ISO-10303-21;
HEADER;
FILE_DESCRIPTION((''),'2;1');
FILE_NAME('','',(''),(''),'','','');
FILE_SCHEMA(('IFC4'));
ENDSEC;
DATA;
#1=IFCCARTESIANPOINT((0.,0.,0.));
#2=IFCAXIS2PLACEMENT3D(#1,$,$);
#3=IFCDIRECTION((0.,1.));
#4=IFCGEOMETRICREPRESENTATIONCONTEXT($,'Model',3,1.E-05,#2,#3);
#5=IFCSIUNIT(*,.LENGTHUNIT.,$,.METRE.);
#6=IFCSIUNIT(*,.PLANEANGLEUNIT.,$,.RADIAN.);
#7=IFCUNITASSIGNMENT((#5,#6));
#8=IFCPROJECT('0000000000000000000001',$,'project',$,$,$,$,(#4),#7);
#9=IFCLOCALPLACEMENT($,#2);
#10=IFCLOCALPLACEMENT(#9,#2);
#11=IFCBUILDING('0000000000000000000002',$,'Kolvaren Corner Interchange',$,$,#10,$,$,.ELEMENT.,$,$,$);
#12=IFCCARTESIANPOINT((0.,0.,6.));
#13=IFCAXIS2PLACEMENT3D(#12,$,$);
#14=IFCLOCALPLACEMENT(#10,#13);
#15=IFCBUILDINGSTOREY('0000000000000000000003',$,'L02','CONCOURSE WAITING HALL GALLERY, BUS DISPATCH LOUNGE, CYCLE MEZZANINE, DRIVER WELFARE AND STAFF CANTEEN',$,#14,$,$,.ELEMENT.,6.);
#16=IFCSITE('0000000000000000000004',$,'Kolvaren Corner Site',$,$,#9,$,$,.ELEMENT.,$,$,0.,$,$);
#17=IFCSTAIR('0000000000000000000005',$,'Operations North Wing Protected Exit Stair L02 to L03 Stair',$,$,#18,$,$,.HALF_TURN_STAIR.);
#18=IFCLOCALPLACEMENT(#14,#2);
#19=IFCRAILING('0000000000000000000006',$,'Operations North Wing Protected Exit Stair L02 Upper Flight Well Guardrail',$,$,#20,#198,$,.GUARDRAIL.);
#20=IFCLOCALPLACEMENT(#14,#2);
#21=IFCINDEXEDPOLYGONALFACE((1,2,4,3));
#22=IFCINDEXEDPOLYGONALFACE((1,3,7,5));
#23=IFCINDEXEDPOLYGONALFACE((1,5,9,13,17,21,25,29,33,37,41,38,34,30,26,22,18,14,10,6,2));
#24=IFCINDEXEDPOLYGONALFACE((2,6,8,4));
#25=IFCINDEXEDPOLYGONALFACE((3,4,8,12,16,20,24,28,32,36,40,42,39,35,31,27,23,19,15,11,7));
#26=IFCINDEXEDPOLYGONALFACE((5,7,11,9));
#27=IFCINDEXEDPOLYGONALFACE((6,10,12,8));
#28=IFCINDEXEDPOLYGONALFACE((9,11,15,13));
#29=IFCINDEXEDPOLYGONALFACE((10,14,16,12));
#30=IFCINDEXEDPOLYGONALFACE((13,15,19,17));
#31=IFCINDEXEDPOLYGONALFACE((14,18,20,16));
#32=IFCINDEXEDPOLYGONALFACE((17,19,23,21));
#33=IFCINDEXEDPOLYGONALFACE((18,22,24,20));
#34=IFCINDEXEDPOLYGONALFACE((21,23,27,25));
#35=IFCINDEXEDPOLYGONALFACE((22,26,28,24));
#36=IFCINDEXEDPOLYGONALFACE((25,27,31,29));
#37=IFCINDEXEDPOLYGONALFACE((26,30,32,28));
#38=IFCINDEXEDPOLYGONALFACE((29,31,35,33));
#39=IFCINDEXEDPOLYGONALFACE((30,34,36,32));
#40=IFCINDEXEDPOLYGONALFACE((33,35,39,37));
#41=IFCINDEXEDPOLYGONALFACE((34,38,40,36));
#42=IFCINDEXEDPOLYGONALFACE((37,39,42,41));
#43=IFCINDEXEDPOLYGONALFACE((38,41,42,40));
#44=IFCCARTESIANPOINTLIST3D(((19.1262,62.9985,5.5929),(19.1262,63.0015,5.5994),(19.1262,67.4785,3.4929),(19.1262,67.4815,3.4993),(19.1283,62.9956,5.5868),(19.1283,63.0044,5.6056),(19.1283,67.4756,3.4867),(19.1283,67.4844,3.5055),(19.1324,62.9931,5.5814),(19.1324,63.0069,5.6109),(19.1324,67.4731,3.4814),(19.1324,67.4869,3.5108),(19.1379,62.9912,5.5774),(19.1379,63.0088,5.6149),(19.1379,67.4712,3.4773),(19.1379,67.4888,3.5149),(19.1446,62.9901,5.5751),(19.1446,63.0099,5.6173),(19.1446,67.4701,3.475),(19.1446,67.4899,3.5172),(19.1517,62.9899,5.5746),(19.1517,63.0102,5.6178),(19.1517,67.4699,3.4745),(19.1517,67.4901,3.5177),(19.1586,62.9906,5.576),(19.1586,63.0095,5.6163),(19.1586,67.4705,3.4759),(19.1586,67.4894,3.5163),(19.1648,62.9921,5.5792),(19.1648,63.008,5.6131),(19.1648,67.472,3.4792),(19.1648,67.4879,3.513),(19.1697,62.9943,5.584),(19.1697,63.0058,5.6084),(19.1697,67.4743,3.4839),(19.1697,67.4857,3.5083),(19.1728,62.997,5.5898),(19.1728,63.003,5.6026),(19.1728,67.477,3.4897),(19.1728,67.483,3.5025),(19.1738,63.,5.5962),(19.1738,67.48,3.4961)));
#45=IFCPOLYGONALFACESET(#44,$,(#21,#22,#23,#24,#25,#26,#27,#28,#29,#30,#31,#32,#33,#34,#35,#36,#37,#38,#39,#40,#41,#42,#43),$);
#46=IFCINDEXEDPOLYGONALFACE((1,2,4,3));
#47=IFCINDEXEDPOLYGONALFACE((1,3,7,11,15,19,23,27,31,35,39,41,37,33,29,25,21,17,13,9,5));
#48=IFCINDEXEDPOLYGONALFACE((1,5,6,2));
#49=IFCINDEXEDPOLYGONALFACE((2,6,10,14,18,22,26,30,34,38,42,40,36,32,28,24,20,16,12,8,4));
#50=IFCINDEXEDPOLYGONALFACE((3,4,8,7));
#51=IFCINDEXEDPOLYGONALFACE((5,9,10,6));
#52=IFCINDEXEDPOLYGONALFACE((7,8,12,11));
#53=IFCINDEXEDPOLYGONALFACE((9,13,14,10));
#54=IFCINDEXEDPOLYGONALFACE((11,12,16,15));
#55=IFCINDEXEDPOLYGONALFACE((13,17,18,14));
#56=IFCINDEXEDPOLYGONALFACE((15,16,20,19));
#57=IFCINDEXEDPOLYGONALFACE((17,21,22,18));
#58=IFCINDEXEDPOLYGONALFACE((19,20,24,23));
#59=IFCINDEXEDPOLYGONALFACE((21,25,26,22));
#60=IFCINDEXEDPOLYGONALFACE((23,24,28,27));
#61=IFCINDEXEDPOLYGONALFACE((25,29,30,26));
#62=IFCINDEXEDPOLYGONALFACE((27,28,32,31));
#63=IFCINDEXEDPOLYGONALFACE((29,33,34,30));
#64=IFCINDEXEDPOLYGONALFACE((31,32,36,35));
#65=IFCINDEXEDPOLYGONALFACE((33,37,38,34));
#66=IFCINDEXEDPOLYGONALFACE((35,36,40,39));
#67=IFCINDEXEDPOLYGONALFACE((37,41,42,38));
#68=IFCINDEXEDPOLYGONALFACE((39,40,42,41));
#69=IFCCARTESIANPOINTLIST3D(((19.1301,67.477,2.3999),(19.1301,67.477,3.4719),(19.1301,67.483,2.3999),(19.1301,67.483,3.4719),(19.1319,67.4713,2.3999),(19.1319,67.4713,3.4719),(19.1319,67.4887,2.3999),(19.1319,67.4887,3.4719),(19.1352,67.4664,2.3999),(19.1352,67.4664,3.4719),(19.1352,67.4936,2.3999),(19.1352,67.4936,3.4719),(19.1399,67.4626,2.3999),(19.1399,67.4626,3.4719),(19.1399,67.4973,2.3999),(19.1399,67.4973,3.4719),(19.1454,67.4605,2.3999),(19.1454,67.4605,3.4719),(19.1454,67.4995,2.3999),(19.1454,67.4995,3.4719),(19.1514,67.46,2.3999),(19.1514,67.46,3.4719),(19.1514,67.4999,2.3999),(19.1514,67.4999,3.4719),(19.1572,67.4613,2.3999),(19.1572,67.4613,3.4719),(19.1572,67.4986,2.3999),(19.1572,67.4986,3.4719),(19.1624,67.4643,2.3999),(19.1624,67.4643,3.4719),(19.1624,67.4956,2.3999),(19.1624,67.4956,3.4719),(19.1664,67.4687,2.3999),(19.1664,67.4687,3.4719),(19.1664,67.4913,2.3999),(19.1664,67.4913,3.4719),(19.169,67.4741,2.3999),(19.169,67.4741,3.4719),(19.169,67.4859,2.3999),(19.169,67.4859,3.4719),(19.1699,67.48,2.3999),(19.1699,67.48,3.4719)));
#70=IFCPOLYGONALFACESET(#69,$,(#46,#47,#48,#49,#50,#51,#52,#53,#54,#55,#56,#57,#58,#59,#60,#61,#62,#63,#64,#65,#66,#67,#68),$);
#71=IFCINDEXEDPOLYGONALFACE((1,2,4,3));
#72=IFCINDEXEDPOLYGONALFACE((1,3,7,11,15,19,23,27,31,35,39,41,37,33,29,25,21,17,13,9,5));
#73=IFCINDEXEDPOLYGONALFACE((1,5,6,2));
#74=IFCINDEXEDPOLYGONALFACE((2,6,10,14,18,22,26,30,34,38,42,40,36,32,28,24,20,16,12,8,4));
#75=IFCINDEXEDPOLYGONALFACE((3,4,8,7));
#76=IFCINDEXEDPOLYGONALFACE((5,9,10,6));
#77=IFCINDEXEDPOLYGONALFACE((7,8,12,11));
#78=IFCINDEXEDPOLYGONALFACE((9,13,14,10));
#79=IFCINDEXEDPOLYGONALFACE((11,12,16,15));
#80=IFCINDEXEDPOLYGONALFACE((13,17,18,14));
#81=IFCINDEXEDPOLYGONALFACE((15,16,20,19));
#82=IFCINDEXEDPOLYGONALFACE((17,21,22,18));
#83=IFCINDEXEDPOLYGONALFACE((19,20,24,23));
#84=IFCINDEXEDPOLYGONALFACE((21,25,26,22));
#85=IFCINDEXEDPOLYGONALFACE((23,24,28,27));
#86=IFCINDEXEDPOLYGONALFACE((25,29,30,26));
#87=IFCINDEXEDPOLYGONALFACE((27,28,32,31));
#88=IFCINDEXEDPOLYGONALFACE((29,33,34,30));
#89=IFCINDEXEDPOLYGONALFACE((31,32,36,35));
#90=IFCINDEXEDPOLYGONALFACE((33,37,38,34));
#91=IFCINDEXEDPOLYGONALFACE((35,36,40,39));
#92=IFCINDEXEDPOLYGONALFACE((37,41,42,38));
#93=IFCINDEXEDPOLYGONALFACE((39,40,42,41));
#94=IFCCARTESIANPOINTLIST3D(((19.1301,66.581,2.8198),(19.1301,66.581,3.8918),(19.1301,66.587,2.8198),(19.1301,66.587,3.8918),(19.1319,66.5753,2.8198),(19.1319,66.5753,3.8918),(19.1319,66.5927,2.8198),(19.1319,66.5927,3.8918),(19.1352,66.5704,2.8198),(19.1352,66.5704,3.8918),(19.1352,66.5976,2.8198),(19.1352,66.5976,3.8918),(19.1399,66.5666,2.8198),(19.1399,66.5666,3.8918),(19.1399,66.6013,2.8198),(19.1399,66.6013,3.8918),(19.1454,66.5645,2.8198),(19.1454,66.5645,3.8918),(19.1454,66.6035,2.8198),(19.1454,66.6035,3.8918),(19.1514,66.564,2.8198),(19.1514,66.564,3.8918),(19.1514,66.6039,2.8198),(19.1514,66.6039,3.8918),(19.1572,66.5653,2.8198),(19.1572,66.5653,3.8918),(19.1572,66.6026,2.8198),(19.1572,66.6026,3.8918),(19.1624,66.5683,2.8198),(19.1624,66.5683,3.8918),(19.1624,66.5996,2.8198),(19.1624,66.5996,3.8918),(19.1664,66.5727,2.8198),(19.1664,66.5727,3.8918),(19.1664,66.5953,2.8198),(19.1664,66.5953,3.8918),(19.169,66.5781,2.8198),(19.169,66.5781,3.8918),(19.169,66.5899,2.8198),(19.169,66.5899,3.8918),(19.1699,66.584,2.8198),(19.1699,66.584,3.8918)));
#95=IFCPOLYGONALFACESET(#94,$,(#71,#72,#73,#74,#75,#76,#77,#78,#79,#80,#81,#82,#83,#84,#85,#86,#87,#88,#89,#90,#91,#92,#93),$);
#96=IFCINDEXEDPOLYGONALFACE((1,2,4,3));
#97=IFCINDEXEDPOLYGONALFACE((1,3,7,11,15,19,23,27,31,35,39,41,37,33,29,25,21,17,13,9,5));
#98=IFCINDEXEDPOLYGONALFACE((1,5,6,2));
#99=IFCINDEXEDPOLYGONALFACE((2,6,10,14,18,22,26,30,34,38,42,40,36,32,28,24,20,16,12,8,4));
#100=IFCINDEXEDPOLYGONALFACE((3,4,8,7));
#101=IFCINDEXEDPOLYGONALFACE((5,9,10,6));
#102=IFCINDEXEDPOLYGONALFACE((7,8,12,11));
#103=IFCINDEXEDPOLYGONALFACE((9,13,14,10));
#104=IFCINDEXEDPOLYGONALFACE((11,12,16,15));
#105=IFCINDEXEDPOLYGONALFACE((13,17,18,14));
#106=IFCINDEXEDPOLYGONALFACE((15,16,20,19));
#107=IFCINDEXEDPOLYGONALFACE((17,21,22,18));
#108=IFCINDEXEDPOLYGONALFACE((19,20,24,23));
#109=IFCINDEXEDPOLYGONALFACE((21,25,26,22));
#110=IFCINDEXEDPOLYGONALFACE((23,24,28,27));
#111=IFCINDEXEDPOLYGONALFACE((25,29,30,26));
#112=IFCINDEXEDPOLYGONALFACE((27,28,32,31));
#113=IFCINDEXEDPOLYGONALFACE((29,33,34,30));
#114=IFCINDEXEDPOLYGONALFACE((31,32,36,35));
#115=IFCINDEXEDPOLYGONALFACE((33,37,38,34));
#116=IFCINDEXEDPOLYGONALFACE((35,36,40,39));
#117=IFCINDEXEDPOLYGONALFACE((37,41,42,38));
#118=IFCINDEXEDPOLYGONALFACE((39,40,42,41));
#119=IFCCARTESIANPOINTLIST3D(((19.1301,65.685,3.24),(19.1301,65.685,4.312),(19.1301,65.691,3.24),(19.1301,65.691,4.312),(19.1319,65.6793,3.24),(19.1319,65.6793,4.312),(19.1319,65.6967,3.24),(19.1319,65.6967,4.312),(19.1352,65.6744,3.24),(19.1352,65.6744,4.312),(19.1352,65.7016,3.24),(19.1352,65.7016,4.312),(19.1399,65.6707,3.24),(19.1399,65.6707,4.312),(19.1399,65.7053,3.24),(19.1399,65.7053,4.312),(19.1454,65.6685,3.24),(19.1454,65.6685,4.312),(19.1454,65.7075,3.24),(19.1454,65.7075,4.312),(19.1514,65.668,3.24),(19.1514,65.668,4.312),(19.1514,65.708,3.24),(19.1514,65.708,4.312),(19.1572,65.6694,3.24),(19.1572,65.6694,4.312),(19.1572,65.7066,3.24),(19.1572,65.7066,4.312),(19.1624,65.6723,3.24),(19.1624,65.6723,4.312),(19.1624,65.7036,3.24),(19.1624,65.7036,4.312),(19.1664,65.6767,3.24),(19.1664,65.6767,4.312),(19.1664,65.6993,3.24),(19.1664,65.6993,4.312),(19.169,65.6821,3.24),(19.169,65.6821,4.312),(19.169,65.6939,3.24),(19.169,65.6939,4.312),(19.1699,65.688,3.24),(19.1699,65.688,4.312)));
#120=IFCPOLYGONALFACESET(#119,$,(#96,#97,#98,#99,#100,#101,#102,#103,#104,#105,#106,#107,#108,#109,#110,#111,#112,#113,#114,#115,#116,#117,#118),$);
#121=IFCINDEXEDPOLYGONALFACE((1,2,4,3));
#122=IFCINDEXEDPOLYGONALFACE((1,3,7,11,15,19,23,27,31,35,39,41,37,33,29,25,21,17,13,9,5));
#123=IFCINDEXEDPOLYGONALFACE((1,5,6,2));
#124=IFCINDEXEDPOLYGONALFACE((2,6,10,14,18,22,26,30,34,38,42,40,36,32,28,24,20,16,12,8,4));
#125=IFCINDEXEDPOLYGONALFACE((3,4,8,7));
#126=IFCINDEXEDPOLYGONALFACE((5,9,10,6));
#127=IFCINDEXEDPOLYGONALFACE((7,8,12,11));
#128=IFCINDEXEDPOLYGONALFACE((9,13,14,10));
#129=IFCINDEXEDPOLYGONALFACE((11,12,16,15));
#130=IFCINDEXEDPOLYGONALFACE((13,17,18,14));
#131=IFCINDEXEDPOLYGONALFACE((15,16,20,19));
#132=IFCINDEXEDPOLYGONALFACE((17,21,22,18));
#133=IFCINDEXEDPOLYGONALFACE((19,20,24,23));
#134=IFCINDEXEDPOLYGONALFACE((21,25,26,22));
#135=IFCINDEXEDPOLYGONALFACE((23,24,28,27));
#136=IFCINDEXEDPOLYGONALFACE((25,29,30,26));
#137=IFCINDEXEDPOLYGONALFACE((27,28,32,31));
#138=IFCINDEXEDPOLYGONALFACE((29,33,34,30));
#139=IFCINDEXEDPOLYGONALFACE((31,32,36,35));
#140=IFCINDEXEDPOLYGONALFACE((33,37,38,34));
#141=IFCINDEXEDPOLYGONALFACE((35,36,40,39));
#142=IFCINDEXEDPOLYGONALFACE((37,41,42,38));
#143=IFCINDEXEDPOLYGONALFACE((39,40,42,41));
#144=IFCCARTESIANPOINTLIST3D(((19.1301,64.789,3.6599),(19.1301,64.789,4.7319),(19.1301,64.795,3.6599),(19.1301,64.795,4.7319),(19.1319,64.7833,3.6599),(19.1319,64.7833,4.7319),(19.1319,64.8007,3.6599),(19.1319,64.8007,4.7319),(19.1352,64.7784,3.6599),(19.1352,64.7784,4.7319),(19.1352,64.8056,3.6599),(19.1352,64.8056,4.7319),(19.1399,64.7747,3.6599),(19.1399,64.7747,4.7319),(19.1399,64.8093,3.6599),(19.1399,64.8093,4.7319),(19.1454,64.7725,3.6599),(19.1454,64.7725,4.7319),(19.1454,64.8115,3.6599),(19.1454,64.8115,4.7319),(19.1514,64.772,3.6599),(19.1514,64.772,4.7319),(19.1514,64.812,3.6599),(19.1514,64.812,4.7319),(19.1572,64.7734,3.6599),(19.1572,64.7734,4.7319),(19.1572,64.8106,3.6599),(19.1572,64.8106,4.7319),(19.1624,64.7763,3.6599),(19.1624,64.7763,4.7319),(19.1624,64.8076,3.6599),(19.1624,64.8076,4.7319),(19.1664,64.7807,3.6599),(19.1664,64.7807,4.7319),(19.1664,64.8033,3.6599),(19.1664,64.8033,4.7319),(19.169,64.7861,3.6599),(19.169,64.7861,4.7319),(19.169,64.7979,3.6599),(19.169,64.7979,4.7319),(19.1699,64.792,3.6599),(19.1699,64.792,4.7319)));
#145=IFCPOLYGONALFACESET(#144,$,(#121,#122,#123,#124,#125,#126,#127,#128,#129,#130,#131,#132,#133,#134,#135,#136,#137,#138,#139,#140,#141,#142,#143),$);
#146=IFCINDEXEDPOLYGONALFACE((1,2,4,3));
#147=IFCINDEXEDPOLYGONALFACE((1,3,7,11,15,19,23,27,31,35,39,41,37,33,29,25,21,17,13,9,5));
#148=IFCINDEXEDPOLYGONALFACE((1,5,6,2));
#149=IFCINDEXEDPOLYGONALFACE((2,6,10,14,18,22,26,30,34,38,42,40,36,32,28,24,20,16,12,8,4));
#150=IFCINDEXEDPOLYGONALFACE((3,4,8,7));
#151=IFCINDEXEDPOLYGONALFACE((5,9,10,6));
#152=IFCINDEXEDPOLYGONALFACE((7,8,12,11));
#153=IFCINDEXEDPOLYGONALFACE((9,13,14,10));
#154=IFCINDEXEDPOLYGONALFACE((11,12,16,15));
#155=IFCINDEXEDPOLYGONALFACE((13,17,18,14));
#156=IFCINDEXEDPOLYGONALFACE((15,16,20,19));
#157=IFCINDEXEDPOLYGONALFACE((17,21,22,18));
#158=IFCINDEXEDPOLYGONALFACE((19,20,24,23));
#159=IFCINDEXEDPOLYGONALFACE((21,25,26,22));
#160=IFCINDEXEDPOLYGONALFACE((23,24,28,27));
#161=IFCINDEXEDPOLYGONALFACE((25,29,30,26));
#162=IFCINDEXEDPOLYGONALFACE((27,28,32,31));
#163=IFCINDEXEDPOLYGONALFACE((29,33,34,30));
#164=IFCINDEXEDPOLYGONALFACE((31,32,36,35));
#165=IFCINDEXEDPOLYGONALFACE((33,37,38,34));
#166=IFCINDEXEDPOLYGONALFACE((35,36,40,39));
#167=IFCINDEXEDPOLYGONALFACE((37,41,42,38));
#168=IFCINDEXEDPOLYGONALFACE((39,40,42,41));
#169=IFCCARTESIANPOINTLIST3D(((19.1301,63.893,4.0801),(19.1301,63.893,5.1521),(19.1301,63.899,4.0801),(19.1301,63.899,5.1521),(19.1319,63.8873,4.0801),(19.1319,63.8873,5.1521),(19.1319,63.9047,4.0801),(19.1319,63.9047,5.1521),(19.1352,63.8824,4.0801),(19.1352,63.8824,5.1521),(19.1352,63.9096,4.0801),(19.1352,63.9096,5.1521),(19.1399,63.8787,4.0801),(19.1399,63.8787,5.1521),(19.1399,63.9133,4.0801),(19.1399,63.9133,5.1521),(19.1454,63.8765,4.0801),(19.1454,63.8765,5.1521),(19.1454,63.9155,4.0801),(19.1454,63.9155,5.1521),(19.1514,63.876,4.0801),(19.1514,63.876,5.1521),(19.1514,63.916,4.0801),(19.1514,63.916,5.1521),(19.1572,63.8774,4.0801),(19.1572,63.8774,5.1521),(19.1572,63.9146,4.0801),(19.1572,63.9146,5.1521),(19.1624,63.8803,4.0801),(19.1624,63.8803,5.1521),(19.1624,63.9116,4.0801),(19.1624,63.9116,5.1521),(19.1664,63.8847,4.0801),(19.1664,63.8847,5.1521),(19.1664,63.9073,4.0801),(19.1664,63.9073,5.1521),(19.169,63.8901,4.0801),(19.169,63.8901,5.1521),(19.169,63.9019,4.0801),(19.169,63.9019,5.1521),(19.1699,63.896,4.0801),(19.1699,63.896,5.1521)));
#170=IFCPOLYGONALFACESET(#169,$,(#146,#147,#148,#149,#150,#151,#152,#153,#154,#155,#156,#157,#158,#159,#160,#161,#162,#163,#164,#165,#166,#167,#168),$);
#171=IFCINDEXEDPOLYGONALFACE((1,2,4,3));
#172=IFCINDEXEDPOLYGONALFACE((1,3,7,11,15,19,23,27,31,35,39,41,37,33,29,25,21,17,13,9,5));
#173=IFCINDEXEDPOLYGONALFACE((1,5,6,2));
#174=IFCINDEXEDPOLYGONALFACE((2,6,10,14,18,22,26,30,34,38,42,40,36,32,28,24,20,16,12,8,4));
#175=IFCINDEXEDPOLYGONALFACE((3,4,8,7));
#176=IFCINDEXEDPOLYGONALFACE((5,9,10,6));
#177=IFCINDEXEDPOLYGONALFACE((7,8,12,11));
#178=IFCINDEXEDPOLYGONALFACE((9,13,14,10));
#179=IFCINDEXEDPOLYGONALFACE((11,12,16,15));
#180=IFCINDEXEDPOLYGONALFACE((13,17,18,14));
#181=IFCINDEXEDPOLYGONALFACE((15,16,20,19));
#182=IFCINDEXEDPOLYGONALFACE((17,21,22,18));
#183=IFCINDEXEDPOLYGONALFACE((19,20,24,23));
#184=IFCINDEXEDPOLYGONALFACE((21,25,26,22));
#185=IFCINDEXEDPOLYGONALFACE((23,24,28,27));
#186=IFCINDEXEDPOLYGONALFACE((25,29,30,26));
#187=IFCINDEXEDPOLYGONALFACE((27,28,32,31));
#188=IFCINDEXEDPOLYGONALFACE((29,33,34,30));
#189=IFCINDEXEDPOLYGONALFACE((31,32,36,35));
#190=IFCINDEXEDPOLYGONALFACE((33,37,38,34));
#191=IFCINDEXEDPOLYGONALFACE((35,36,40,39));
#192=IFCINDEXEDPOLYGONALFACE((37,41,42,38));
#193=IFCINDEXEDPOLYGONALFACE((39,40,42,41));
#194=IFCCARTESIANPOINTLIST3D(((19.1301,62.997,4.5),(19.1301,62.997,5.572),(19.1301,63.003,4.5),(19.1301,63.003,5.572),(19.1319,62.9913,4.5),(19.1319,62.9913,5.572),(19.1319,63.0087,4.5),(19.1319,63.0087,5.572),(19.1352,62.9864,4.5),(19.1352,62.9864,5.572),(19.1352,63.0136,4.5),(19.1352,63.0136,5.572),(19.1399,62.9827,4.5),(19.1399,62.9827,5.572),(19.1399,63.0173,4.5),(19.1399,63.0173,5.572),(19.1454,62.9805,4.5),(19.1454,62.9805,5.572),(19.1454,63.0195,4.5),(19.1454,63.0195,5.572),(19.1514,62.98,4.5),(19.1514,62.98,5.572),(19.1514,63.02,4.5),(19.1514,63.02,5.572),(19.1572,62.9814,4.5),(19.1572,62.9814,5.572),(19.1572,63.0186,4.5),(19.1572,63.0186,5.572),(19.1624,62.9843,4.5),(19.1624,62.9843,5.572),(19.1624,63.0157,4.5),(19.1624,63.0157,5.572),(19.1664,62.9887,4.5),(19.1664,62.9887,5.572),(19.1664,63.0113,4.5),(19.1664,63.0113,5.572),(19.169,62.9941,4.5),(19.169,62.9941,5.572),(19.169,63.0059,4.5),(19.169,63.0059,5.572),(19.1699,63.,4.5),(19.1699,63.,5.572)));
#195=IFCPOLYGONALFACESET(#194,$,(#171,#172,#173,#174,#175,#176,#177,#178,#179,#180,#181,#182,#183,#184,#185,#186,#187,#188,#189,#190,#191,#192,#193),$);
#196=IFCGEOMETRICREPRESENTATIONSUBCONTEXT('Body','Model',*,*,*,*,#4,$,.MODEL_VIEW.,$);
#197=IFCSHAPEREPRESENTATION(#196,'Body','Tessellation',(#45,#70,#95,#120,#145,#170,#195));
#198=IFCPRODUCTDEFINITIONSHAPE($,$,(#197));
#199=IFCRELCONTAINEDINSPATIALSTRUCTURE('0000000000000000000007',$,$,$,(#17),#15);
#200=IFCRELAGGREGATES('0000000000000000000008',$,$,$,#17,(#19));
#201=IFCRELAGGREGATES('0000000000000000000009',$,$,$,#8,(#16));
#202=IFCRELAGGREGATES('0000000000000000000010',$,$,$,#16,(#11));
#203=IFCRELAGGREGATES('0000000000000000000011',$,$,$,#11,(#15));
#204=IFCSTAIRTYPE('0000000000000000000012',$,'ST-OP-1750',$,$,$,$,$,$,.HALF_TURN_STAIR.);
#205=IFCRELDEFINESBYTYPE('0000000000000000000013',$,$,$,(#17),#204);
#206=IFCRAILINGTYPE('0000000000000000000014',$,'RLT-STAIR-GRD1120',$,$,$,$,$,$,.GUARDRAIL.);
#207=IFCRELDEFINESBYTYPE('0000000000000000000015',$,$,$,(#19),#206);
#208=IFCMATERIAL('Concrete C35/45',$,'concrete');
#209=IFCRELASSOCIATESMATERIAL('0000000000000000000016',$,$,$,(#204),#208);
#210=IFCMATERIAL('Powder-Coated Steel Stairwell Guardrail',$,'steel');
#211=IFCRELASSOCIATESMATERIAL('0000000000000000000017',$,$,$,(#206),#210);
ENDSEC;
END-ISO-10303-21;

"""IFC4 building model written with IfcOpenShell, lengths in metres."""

from ifc_helpers import new_model, si_unit, direction, frame, origin, origin_2d, place, context, subcontext, project, spatial, circle, extrude, material, type_object, element, aggregate, save


model = new_model("IFC4")

# Units and contexts
model_context = context("Model", 3, precision=1e-05, world=origin(), true_north=direction((0.0, 1.0)))
body_context = subcontext(model_context, "Body", "Model", "MODEL_VIEW")
ifc_project = project(units=[si_unit("LENGTHUNIT", "METRE"), si_unit("PLANEANGLEUNIT", "RADIAN")], contexts=[model_context])

# Site, building, storey
site_placement = place(None, origin())
site = spatial("IfcSite", under=ifc_project, at=site_placement, Name="Kolvaren Corner Site", CompositionType="ELEMENT", RefElevation=0.0)
building_placement = place(site_placement, origin())
building = spatial("IfcBuilding", under=site, at=building_placement, Name="Kolvaren Corner Interchange", CompositionType="ELEMENT")
storey_placement = place(building_placement, frame((0.0, 0.0, 6.0)))
storey = spatial("IfcBuildingStorey", under=building, at=storey_placement, Name="L02", Description="CONCOURSE WAITING HALL GALLERY, BUS DISPATCH LOUNGE, CYCLE MEZZANINE, DRIVER WELFARE AND STAFF CANTEEN", CompositionType="ELEMENT", Elevation=6.0)

# Stair
ifc_material_1 = material(Name="Concrete C35/45", Category="concrete")
stair_type = type_object("IfcStairType", Name="ST-OP-1750", PredefinedType="HALF_TURN_STAIR", material=ifc_material_1)
stair_placement = place(storey_placement, origin())
stair = element("IfcStair", 1, at=stair_placement, inside=storey, type_object=stair_type, Name="Operations North Wing Protected Exit Stair L02 to L03 Stair", PredefinedType="HALF_TURN_STAIR")

# Railing
ifc_material_2 = material(Name="Powder-Coated Steel Stairwell Guardrail", Category="steel")
railing_type_1 = type_object("IfcRailingType", Name="RLT-STAIR-GRD1120", PredefinedType="GUARDRAIL", material=ifc_material_2)
railing_1_placement = place(storey_placement, frame((19.1499, 67.48, 2.3999)))
railing_1 = element("IfcRailing", 2, at=railing_1_placement, type_object=railing_type_1, Name="Operations North Wing Protected Exit Stair L02 Upper Flight Well Guardrail", PredefinedType="GUARDRAIL", context=body_context, shape_type="SweptSolid", body=[
    extrude(circle(Radius=0.0239, at=origin_2d()), frame((0.0, 0.0, 1.0962), z_axis=(0.0, -0.905451, 0.424452), x_axis=(1.0, 0.0, 0.0)), (0.0, 0.0, 1.0), 4.9478),
    extrude(circle(Radius=0.02, at=origin_2d()), origin(), (0.0, 0.0, 1.0), 1.072),
    extrude(circle(Radius=0.02, at=origin_2d()), frame((0.0, -0.896, 0.4199)), (0.0, 0.0, 1.0), 1.072),
    extrude(circle(Radius=0.02, at=origin_2d()), frame((0.0, -1.792, 0.8401)), (0.0, 0.0, 1.0), 1.072),
    extrude(circle(Radius=0.02, at=origin_2d()), frame((0.0, -2.688, 1.26)), (0.0, 0.0, 1.0), 1.072),
    extrude(circle(Radius=0.02, at=origin_2d()), frame((0.0, -3.584, 1.6802)), (0.0, 0.0, 1.0), 1.072),
    extrude(circle(Radius=0.02, at=origin_2d()), frame((0.0, -4.48, 2.1001)), (0.0, 0.0, 1.0), 1.072),
])
aggregate(stair, [railing_1])

save(model, "model.ifc")
